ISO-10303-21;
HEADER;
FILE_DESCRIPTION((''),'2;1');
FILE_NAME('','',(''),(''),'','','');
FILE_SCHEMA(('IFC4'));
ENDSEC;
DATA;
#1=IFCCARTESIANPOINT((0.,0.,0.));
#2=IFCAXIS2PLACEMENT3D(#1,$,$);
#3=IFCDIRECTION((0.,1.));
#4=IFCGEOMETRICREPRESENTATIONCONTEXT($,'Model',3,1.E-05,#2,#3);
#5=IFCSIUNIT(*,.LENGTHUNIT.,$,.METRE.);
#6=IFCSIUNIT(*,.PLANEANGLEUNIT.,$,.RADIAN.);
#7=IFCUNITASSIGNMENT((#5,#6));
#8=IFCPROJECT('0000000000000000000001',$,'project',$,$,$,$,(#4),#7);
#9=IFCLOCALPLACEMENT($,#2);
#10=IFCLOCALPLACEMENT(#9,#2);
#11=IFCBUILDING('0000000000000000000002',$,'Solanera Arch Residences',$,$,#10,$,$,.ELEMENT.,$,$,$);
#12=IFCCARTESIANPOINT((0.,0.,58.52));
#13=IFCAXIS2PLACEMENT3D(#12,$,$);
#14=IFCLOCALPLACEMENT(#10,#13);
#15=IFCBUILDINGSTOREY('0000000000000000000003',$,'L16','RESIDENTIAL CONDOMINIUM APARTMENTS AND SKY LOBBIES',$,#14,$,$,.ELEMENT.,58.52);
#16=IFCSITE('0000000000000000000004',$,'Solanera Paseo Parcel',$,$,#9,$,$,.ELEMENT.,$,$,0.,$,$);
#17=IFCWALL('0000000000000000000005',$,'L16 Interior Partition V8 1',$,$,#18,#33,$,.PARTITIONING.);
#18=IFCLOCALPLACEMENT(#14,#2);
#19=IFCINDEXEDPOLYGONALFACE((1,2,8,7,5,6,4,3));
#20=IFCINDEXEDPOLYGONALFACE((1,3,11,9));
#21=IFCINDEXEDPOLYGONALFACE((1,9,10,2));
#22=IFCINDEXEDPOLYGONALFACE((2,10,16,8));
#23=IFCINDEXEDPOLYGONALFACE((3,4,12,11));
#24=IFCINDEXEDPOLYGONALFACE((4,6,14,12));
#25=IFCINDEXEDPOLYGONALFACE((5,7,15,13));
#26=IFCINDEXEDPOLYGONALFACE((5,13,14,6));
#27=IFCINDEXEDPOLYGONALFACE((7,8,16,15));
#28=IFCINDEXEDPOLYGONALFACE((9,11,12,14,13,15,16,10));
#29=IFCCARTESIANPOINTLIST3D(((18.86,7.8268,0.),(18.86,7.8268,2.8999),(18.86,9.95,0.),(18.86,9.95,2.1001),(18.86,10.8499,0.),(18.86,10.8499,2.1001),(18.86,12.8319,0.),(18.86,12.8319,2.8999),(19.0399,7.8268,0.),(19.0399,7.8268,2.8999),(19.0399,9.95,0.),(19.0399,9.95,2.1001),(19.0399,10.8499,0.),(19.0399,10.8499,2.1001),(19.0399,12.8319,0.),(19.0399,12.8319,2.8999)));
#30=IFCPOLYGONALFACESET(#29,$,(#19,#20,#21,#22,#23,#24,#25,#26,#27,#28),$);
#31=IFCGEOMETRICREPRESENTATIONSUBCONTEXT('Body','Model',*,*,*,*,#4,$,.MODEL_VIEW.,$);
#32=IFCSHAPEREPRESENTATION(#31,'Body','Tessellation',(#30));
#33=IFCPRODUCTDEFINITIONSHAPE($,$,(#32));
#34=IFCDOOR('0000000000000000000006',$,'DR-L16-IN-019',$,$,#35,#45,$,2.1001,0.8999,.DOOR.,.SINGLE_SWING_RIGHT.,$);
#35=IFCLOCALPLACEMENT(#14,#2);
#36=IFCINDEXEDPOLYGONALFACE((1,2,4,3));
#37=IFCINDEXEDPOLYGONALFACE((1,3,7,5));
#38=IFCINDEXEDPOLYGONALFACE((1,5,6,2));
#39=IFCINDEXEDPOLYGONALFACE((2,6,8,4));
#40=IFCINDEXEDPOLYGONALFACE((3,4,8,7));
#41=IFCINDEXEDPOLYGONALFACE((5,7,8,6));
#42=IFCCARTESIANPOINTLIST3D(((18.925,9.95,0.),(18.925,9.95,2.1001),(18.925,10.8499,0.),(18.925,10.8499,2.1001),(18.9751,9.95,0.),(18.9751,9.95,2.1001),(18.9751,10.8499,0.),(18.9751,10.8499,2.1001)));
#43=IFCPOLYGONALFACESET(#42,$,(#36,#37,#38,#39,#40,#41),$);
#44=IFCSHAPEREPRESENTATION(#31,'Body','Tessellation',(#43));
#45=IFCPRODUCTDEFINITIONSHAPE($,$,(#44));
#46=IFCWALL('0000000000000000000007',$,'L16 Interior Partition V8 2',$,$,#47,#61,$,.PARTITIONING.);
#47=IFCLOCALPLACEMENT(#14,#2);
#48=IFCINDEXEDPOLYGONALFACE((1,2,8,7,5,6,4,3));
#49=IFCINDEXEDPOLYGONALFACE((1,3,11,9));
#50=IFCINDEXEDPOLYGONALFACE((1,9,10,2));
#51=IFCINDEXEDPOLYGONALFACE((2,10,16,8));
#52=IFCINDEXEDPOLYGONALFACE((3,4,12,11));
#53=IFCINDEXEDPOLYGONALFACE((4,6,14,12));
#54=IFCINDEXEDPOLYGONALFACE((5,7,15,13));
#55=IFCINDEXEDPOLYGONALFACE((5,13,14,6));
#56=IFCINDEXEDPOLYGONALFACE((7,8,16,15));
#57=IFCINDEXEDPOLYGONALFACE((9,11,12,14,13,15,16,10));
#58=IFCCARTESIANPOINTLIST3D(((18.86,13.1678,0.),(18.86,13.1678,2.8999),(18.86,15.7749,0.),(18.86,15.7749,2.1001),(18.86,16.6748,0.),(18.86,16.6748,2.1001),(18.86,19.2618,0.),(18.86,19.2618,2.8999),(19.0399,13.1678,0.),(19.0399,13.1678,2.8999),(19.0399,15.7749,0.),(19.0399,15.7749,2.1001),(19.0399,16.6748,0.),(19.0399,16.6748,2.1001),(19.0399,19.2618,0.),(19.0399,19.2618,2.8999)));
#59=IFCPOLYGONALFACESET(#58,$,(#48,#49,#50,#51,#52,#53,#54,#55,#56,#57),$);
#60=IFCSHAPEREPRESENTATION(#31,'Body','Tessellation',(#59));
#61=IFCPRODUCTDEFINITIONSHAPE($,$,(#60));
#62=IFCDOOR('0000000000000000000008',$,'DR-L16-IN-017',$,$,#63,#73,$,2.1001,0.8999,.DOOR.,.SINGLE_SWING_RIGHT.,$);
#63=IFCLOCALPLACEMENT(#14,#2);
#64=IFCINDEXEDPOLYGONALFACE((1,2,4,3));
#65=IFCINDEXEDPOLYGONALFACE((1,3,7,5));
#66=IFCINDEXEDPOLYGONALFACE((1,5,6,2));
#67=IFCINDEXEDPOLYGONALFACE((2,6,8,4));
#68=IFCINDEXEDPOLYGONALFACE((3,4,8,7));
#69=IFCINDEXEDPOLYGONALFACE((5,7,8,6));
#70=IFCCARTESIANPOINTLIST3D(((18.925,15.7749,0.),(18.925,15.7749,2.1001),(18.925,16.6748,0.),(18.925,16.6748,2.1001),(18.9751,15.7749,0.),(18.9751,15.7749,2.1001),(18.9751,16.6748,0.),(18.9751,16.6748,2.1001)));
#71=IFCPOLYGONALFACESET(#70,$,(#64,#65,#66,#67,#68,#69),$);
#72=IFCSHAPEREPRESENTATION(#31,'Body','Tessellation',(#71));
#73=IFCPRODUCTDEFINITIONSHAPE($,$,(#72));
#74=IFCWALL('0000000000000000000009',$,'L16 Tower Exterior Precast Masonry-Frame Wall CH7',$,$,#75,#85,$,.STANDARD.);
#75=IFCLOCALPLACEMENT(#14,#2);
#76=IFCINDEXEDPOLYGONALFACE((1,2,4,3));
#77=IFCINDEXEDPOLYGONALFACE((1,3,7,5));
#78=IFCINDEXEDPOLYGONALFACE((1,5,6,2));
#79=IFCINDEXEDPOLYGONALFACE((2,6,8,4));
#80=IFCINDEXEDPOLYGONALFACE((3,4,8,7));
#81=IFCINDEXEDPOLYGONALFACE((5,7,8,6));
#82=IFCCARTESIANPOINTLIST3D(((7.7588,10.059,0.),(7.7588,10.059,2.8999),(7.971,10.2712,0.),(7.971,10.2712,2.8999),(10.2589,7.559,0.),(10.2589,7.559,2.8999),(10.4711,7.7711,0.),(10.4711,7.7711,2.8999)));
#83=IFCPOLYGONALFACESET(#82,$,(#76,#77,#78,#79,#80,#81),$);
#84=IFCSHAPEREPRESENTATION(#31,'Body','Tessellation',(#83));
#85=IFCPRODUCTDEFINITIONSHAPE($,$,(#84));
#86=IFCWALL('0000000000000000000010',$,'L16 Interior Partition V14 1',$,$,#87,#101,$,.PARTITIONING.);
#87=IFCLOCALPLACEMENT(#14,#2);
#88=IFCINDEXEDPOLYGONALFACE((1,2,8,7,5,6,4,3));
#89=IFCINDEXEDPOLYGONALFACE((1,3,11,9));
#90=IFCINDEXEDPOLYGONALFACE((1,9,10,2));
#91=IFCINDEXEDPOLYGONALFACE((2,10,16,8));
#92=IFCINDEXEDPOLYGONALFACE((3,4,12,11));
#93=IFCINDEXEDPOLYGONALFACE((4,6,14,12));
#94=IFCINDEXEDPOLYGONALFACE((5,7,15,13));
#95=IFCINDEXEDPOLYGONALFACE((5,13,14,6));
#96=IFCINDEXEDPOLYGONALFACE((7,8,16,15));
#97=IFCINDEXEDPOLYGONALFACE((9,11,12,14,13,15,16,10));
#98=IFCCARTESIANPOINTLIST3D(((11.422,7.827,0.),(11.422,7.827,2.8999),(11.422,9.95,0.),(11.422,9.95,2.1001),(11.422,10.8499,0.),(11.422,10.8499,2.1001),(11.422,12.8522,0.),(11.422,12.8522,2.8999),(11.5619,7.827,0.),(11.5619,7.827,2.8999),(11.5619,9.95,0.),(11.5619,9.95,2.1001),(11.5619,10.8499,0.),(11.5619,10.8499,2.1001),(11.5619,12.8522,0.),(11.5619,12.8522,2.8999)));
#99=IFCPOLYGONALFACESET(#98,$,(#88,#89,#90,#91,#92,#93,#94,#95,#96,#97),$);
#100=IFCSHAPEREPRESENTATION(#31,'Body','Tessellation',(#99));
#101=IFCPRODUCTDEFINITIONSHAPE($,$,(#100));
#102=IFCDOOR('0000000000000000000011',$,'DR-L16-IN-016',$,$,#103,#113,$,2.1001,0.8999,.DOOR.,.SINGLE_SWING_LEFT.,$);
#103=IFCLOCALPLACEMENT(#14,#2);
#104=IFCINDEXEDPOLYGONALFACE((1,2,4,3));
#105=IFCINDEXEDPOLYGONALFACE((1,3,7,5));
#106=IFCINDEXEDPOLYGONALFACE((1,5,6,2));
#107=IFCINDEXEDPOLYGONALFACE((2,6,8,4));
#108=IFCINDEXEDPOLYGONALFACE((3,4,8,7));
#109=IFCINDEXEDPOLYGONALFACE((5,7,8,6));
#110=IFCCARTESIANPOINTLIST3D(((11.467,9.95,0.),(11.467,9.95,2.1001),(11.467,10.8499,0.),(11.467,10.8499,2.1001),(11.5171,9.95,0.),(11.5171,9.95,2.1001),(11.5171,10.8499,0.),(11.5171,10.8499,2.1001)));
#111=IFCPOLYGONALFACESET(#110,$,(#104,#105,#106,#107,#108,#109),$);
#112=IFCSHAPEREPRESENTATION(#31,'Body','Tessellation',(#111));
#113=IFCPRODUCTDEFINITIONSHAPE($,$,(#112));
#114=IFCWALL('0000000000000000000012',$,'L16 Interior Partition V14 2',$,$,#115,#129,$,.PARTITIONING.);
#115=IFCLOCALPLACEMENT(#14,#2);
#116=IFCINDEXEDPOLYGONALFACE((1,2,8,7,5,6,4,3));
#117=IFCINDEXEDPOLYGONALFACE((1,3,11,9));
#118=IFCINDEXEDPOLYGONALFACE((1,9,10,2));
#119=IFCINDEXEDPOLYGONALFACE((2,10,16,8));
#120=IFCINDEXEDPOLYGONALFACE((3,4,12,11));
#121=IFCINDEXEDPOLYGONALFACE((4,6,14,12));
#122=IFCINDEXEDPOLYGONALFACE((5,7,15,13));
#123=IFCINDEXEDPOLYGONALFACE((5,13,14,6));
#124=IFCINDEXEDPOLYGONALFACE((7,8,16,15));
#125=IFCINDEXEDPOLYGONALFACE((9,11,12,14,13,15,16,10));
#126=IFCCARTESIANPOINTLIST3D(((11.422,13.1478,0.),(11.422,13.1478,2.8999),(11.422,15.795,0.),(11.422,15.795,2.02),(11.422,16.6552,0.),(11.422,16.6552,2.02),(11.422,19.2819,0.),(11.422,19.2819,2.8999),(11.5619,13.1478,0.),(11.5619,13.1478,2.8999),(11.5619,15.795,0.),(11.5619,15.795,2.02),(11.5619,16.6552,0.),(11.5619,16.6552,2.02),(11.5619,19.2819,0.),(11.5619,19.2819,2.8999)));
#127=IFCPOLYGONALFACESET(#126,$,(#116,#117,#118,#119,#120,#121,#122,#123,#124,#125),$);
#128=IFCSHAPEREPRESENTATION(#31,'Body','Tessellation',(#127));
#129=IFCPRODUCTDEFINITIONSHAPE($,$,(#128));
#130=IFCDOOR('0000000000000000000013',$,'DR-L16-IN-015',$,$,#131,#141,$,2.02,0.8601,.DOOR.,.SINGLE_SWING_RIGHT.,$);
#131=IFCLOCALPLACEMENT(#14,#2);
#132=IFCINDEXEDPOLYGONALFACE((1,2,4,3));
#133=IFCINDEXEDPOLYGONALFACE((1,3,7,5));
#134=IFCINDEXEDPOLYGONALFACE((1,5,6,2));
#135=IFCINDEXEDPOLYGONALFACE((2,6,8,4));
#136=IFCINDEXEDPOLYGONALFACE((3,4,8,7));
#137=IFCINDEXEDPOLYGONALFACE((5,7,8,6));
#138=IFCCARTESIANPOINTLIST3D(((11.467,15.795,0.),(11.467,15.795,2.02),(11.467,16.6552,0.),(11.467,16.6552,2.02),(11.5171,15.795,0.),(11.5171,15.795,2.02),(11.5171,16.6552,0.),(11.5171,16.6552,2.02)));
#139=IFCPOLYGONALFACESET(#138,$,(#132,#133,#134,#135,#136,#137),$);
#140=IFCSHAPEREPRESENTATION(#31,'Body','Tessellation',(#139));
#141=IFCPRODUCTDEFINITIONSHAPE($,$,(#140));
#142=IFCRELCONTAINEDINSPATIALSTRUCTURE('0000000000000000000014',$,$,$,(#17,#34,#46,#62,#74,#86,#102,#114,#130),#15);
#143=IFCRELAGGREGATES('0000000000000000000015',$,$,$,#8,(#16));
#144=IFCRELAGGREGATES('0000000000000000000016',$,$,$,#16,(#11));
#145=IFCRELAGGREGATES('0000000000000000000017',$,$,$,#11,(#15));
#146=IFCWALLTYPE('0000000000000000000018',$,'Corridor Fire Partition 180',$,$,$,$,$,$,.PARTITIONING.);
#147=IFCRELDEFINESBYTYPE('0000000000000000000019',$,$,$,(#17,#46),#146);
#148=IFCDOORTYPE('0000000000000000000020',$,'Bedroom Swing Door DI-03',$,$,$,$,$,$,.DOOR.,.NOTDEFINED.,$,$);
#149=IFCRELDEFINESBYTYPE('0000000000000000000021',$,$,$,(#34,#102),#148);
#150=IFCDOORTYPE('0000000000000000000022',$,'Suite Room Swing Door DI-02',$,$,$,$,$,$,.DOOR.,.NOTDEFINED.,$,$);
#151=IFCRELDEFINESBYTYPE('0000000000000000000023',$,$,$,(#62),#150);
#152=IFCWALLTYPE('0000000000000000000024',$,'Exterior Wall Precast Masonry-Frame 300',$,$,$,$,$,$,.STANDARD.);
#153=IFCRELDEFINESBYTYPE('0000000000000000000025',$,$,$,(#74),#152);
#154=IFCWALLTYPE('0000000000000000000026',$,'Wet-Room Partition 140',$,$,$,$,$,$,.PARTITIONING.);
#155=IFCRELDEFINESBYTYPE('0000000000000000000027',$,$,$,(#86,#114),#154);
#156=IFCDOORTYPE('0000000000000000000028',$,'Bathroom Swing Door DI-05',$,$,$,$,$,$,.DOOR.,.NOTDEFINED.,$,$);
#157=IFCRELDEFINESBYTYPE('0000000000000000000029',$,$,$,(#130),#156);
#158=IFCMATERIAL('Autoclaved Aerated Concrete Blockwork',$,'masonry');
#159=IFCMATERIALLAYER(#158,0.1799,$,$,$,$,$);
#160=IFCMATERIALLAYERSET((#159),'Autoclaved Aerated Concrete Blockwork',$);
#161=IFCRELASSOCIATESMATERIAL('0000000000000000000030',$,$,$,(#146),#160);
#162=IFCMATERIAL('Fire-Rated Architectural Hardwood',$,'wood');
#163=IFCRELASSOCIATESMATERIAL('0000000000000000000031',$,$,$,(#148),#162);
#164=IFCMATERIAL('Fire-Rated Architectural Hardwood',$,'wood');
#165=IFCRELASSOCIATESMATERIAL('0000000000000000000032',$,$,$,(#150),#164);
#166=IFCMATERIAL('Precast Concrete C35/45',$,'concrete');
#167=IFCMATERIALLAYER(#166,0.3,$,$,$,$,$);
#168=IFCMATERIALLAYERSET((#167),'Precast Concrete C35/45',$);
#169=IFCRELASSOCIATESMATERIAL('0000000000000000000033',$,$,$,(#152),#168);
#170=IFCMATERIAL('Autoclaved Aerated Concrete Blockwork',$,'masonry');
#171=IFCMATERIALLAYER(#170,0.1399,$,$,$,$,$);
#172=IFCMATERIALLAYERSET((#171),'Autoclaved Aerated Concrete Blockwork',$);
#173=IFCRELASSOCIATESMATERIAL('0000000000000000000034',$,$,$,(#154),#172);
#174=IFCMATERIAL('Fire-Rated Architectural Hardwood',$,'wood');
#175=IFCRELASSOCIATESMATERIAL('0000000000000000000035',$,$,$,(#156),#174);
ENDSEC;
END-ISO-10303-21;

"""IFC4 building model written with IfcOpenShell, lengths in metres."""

from ifc_helpers import new_model, si_unit, direction, frame, frame_2d, origin, place, context, subcontext, project, spatial, rectangle, extrude, material, layer, layer_set, type_object, element, fill, save


model = new_model("IFC4")

# Units and contexts
model_context = context("Model", 3, precision=1e-05, world=origin(), true_north=direction((0.0, 1.0)))
body_context = subcontext(model_context, "Body", "Model", "MODEL_VIEW")
ifc_project = project(units=[si_unit("LENGTHUNIT", "METRE"), si_unit("PLANEANGLEUNIT", "RADIAN")], contexts=[model_context])

# Site, building, storey
site_placement = place(None, origin())
site = spatial("IfcSite", under=ifc_project, at=site_placement, Name="Solanera Paseo Parcel", CompositionType="ELEMENT", RefElevation=0.0)
building_placement = place(site_placement, origin())
building = spatial("IfcBuilding", under=site, at=building_placement, Name="Solanera Arch Residences", CompositionType="ELEMENT")
storey_placement = place(building_placement, frame((0.0, 0.0, 58.52)))
storey = spatial("IfcBuildingStorey", under=building, at=storey_placement, Name="L16", Description="RESIDENTIAL CONDOMINIUM APARTMENTS AND SKY LOBBIES", CompositionType="ELEMENT", Elevation=58.52)

# Walls, openings, doors
ifc_material_1 = material(Name="Autoclaved Aerated Concrete Blockwork", Category="masonry")
ifc_layer_1 = layer(ifc_material_1, 0.1799)
ifc_layer_set_1 = layer_set([ifc_layer_1], Name="Autoclaved Aerated Concrete Blockwork")
wall_type_1 = type_object("IfcWallType", Name="Corridor Fire Partition 180", PredefinedType="PARTITIONING", material=ifc_layer_set_1)
wall_1_placement = place(storey_placement, frame((18.95, 7.8269, 0.0), z_axis=(0.0, 0.0, 1.0), x_axis=(0.0, 1.0, 0.0)))
wall_1 = element("IfcWall", 1, at=wall_1_placement, inside=storey, type_object=wall_type_1, Name="L16 Interior Partition V8 1", PredefinedType="PARTITIONING", context=body_context, shape_type="SweptSolid", body=[
    extrude(rectangle(XDim=5.0051, YDim=0.1799, at=frame_2d((2.5024, 0.0))), origin(), (0.0, 0.0, 1.0), 2.8999),
])
opening_1_placement = place(wall_1_placement, frame((2.123, 0.0, 0.0)))
opening_1 = element("IfcOpeningElement", 2, at=opening_1_placement, cuts=wall_1, PredefinedType="OPENING", context=body_context, shape_type="SweptSolid", body=[
    extrude(rectangle(XDim=0.8999, YDim=2.1001, at=frame_2d((0.45, 1.05))), frame((0.0, 0.1001, 0.0), z_axis=(0.0, -1.0, 0.0), x_axis=(1.0, 0.0, 0.0)), (0.0, 0.0, 1.0), 0.1999),
])
ifc_material_2 = material(Name="Fire-Rated Architectural Hardwood", Category="wood")
door_type_1 = type_object("IfcDoorType", Name="Bedroom Swing Door DI-03", OperationType="NOTDEFINED", PredefinedType="DOOR", material=ifc_material_2)
door_1_placement = place(opening_1_placement, origin())
door_1 = element("IfcDoor", 3, at=door_1_placement, inside=storey, type_object=door_type_1, Name="DR-L16-IN-019", OperationType="SINGLE_SWING_RIGHT", OverallHeight=2.1001, OverallWidth=0.8999, PredefinedType="DOOR", context=body_context, shape_type="SweptSolid", body=[
    extrude(rectangle(XDim=0.8999, YDim=2.1001, at=frame_2d((0.45, 1.05))), frame((0.0, 0.0249, 0.0), z_axis=(0.0, -1.0, 0.0), x_axis=(1.0, 0.0, 0.0)), (0.0, 0.0, 1.0), 0.05),
])
fill(opening_1, door_1)
wall_2_placement = place(storey_placement, frame((18.95, 13.168, 0.0), z_axis=(0.0, 0.0, 1.0), x_axis=(0.0, 1.0, 0.0)))
wall_2 = element("IfcWall", 4, at=wall_2_placement, inside=storey, type_object=wall_type_1, Name="L16 Interior Partition V8 2", PredefinedType="PARTITIONING", context=body_context, shape_type="SweptSolid", body=[
    extrude(rectangle(XDim=6.094, YDim=0.1799, at=frame_2d((3.0469, 0.0))), origin(), (0.0, 0.0, 1.0), 2.8999),
])
opening_2_placement = place(wall_2_placement, frame((2.6069, 0.0, 0.0)))
opening_2 = element("IfcOpeningElement", 5, at=opening_2_placement, cuts=wall_2, PredefinedType="OPENING", context=body_context, shape_type="SweptSolid", body=[
    extrude(rectangle(XDim=0.8999, YDim=2.1001, at=frame_2d((0.45, 1.05))), frame((0.0, 0.1001, 0.0), z_axis=(0.0, -1.0, 0.0), x_axis=(1.0, 0.0, 0.0)), (0.0, 0.0, 1.0), 0.1999),
])
ifc_material_3 = material(Name="Fire-Rated Architectural Hardwood", Category="wood")
door_type_2 = type_object("IfcDoorType", Name="Suite Room Swing Door DI-02", OperationType="NOTDEFINED", PredefinedType="DOOR", material=ifc_material_3)
door_2_placement = place(opening_2_placement, origin())
door_2 = element("IfcDoor", 6, at=door_2_placement, inside=storey, type_object=door_type_2, Name="DR-L16-IN-017", OperationType="SINGLE_SWING_RIGHT", OverallHeight=2.1001, OverallWidth=0.8999, PredefinedType="DOOR", context=body_context, shape_type="SweptSolid", body=[
    extrude(rectangle(XDim=0.8999, YDim=2.1001, at=frame_2d((0.45, 1.05))), frame((0.0, 0.0249, 0.0), z_axis=(0.0, -1.0, 0.0), x_axis=(1.0, 0.0, 0.0)), (0.0, 0.0, 1.0), 0.05),
])
fill(opening_2, door_2)

# Wall
ifc_material_4 = material(Name="Precast Concrete C35/45", Category="concrete")
ifc_layer_2 = layer(ifc_material_4, 0.3)
ifc_layer_set_2 = layer_set([ifc_layer_2], Name="Precast Concrete C35/45")
wall_type_2 = type_object("IfcWallType", Name="Exterior Wall Precast Masonry-Frame 300", PredefinedType="STANDARD", material=ifc_layer_set_2)
wall_3_placement = place(storey_placement, frame((10.365, 7.665, 0.0), z_axis=(0.0, 0.0, 1.0), x_axis=(-0.707107, 0.707107, 0.0)))
element("IfcWall", 7, at=wall_3_placement, inside=storey, type_object=wall_type_2, Name="L16 Tower Exterior Precast Masonry-Frame Wall CH7", PredefinedType="STANDARD", context=body_context, shape_type="SweptSolid", body=[
    extrude(rectangle(XDim=3.5356, YDim=0.3, at=frame_2d((1.7678, 0.0))), origin(), (0.0, 0.0, 1.0), 2.8999),
])

# Walls, openings, doors
ifc_material_5 = material(Name="Autoclaved Aerated Concrete Blockwork", Category="masonry")
ifc_layer_3 = layer(ifc_material_5, 0.1399)
ifc_layer_set_3 = layer_set([ifc_layer_3], Name="Autoclaved Aerated Concrete Blockwork")
wall_type_3 = type_object("IfcWallType", Name="Wet-Room Partition 140", PredefinedType="PARTITIONING", material=ifc_layer_set_3)
wall_4_placement = place(storey_placement, frame((11.4919, 7.8269, 0.0), z_axis=(0.0, 0.0, 1.0), x_axis=(0.0, 1.0, 0.0)))
wall_4 = element("IfcWall", 8, at=wall_4_placement, inside=storey, type_object=wall_type_3, Name="L16 Interior Partition V14 1", PredefinedType="PARTITIONING", context=body_context, shape_type="SweptSolid", body=[
    extrude(rectangle(XDim=5.0251, YDim=0.1399, at=frame_2d((2.5127, 0.0))), origin(), (0.0, 0.0, 1.0), 2.8999),
])
opening_3_placement = place(wall_4_placement, frame((2.123, 0.0, 0.0)))
opening_3 = element("IfcOpeningElement", 9, at=opening_3_placement, cuts=wall_4, PredefinedType="OPENING", context=body_context, shape_type="SweptSolid", body=[
    extrude(rectangle(XDim=0.8999, YDim=2.1001, at=frame_2d((0.45, 1.05))), frame((0.0, 0.0798, 0.0), z_axis=(0.0, -1.0, 0.0), x_axis=(1.0, 0.0, 0.0)), (0.0, 0.0, 1.0), 0.1599),
])
door_3_placement = place(opening_3_placement, origin())
door_3 = element("IfcDoor", 10, at=door_3_placement, inside=storey, type_object=door_type_1, Name="DR-L16-IN-016", OperationType="SINGLE_SWING_LEFT", OverallHeight=2.1001, OverallWidth=0.8999, PredefinedType="DOOR", context=body_context, shape_type="SweptSolid", body=[
    extrude(rectangle(XDim=0.8999, YDim=2.1001, at=frame_2d((0.45, 1.05))), frame((0.0, 0.0249, 0.0), z_axis=(0.0, -1.0, 0.0), x_axis=(1.0, 0.0, 0.0)), (0.0, 0.0, 1.0), 0.05),
])
fill(opening_3, door_3)
wall_5_placement = place(storey_placement, frame((11.4919, 13.1479, 0.0), z_axis=(0.0, 0.0, 1.0), x_axis=(0.0, 1.0, 0.0)))
wall_5 = element("IfcWall", 11, at=wall_5_placement, inside=storey, type_object=wall_type_3, Name="L16 Interior Partition V14 2", PredefinedType="PARTITIONING", context=body_context, shape_type="SweptSolid", body=[
    extrude(rectangle(XDim=6.134, YDim=0.1399, at=frame_2d((3.0669, 0.0))), origin(), (0.0, 0.0, 1.0), 2.8999),
])
opening_4_placement = place(wall_5_placement, frame((2.647, 0.0, 0.0)))
opening_4 = element("IfcOpeningElement", 12, at=opening_4_placement, cuts=wall_5, PredefinedType="OPENING", context=body_context, shape_type="SweptSolid", body=[
    extrude(rectangle(XDim=0.8601, YDim=2.02, at=frame_2d((0.4302, 1.01))), frame((0.0, 0.0798, 0.0), z_axis=(0.0, -1.0, 0.0), x_axis=(1.0, 0.0, 0.0)), (0.0, 0.0, 1.0), 0.1599),
])
ifc_material_6 = material(Name="Fire-Rated Architectural Hardwood", Category="wood")
door_type_3 = type_object("IfcDoorType", Name="Bathroom Swing Door DI-05", OperationType="NOTDEFINED", PredefinedType="DOOR", material=ifc_material_6)
door_4_placement = place(opening_4_placement, origin())
door_4 = element("IfcDoor", 13, at=door_4_placement, inside=storey, type_object=door_type_3, Name="DR-L16-IN-015", OperationType="SINGLE_SWING_RIGHT", OverallHeight=2.02, OverallWidth=0.8601, PredefinedType="DOOR", context=body_context, shape_type="SweptSolid", body=[
    extrude(rectangle(XDim=0.8601, YDim=2.02, at=frame_2d((0.4302, 1.01))), frame((0.0, 0.0249, 0.0), z_axis=(0.0, -1.0, 0.0), x_axis=(1.0, 0.0, 0.0)), (0.0, 0.0, 1.0), 0.05),
])
fill(opening_4, door_4)

save(model, "model.ifc")
